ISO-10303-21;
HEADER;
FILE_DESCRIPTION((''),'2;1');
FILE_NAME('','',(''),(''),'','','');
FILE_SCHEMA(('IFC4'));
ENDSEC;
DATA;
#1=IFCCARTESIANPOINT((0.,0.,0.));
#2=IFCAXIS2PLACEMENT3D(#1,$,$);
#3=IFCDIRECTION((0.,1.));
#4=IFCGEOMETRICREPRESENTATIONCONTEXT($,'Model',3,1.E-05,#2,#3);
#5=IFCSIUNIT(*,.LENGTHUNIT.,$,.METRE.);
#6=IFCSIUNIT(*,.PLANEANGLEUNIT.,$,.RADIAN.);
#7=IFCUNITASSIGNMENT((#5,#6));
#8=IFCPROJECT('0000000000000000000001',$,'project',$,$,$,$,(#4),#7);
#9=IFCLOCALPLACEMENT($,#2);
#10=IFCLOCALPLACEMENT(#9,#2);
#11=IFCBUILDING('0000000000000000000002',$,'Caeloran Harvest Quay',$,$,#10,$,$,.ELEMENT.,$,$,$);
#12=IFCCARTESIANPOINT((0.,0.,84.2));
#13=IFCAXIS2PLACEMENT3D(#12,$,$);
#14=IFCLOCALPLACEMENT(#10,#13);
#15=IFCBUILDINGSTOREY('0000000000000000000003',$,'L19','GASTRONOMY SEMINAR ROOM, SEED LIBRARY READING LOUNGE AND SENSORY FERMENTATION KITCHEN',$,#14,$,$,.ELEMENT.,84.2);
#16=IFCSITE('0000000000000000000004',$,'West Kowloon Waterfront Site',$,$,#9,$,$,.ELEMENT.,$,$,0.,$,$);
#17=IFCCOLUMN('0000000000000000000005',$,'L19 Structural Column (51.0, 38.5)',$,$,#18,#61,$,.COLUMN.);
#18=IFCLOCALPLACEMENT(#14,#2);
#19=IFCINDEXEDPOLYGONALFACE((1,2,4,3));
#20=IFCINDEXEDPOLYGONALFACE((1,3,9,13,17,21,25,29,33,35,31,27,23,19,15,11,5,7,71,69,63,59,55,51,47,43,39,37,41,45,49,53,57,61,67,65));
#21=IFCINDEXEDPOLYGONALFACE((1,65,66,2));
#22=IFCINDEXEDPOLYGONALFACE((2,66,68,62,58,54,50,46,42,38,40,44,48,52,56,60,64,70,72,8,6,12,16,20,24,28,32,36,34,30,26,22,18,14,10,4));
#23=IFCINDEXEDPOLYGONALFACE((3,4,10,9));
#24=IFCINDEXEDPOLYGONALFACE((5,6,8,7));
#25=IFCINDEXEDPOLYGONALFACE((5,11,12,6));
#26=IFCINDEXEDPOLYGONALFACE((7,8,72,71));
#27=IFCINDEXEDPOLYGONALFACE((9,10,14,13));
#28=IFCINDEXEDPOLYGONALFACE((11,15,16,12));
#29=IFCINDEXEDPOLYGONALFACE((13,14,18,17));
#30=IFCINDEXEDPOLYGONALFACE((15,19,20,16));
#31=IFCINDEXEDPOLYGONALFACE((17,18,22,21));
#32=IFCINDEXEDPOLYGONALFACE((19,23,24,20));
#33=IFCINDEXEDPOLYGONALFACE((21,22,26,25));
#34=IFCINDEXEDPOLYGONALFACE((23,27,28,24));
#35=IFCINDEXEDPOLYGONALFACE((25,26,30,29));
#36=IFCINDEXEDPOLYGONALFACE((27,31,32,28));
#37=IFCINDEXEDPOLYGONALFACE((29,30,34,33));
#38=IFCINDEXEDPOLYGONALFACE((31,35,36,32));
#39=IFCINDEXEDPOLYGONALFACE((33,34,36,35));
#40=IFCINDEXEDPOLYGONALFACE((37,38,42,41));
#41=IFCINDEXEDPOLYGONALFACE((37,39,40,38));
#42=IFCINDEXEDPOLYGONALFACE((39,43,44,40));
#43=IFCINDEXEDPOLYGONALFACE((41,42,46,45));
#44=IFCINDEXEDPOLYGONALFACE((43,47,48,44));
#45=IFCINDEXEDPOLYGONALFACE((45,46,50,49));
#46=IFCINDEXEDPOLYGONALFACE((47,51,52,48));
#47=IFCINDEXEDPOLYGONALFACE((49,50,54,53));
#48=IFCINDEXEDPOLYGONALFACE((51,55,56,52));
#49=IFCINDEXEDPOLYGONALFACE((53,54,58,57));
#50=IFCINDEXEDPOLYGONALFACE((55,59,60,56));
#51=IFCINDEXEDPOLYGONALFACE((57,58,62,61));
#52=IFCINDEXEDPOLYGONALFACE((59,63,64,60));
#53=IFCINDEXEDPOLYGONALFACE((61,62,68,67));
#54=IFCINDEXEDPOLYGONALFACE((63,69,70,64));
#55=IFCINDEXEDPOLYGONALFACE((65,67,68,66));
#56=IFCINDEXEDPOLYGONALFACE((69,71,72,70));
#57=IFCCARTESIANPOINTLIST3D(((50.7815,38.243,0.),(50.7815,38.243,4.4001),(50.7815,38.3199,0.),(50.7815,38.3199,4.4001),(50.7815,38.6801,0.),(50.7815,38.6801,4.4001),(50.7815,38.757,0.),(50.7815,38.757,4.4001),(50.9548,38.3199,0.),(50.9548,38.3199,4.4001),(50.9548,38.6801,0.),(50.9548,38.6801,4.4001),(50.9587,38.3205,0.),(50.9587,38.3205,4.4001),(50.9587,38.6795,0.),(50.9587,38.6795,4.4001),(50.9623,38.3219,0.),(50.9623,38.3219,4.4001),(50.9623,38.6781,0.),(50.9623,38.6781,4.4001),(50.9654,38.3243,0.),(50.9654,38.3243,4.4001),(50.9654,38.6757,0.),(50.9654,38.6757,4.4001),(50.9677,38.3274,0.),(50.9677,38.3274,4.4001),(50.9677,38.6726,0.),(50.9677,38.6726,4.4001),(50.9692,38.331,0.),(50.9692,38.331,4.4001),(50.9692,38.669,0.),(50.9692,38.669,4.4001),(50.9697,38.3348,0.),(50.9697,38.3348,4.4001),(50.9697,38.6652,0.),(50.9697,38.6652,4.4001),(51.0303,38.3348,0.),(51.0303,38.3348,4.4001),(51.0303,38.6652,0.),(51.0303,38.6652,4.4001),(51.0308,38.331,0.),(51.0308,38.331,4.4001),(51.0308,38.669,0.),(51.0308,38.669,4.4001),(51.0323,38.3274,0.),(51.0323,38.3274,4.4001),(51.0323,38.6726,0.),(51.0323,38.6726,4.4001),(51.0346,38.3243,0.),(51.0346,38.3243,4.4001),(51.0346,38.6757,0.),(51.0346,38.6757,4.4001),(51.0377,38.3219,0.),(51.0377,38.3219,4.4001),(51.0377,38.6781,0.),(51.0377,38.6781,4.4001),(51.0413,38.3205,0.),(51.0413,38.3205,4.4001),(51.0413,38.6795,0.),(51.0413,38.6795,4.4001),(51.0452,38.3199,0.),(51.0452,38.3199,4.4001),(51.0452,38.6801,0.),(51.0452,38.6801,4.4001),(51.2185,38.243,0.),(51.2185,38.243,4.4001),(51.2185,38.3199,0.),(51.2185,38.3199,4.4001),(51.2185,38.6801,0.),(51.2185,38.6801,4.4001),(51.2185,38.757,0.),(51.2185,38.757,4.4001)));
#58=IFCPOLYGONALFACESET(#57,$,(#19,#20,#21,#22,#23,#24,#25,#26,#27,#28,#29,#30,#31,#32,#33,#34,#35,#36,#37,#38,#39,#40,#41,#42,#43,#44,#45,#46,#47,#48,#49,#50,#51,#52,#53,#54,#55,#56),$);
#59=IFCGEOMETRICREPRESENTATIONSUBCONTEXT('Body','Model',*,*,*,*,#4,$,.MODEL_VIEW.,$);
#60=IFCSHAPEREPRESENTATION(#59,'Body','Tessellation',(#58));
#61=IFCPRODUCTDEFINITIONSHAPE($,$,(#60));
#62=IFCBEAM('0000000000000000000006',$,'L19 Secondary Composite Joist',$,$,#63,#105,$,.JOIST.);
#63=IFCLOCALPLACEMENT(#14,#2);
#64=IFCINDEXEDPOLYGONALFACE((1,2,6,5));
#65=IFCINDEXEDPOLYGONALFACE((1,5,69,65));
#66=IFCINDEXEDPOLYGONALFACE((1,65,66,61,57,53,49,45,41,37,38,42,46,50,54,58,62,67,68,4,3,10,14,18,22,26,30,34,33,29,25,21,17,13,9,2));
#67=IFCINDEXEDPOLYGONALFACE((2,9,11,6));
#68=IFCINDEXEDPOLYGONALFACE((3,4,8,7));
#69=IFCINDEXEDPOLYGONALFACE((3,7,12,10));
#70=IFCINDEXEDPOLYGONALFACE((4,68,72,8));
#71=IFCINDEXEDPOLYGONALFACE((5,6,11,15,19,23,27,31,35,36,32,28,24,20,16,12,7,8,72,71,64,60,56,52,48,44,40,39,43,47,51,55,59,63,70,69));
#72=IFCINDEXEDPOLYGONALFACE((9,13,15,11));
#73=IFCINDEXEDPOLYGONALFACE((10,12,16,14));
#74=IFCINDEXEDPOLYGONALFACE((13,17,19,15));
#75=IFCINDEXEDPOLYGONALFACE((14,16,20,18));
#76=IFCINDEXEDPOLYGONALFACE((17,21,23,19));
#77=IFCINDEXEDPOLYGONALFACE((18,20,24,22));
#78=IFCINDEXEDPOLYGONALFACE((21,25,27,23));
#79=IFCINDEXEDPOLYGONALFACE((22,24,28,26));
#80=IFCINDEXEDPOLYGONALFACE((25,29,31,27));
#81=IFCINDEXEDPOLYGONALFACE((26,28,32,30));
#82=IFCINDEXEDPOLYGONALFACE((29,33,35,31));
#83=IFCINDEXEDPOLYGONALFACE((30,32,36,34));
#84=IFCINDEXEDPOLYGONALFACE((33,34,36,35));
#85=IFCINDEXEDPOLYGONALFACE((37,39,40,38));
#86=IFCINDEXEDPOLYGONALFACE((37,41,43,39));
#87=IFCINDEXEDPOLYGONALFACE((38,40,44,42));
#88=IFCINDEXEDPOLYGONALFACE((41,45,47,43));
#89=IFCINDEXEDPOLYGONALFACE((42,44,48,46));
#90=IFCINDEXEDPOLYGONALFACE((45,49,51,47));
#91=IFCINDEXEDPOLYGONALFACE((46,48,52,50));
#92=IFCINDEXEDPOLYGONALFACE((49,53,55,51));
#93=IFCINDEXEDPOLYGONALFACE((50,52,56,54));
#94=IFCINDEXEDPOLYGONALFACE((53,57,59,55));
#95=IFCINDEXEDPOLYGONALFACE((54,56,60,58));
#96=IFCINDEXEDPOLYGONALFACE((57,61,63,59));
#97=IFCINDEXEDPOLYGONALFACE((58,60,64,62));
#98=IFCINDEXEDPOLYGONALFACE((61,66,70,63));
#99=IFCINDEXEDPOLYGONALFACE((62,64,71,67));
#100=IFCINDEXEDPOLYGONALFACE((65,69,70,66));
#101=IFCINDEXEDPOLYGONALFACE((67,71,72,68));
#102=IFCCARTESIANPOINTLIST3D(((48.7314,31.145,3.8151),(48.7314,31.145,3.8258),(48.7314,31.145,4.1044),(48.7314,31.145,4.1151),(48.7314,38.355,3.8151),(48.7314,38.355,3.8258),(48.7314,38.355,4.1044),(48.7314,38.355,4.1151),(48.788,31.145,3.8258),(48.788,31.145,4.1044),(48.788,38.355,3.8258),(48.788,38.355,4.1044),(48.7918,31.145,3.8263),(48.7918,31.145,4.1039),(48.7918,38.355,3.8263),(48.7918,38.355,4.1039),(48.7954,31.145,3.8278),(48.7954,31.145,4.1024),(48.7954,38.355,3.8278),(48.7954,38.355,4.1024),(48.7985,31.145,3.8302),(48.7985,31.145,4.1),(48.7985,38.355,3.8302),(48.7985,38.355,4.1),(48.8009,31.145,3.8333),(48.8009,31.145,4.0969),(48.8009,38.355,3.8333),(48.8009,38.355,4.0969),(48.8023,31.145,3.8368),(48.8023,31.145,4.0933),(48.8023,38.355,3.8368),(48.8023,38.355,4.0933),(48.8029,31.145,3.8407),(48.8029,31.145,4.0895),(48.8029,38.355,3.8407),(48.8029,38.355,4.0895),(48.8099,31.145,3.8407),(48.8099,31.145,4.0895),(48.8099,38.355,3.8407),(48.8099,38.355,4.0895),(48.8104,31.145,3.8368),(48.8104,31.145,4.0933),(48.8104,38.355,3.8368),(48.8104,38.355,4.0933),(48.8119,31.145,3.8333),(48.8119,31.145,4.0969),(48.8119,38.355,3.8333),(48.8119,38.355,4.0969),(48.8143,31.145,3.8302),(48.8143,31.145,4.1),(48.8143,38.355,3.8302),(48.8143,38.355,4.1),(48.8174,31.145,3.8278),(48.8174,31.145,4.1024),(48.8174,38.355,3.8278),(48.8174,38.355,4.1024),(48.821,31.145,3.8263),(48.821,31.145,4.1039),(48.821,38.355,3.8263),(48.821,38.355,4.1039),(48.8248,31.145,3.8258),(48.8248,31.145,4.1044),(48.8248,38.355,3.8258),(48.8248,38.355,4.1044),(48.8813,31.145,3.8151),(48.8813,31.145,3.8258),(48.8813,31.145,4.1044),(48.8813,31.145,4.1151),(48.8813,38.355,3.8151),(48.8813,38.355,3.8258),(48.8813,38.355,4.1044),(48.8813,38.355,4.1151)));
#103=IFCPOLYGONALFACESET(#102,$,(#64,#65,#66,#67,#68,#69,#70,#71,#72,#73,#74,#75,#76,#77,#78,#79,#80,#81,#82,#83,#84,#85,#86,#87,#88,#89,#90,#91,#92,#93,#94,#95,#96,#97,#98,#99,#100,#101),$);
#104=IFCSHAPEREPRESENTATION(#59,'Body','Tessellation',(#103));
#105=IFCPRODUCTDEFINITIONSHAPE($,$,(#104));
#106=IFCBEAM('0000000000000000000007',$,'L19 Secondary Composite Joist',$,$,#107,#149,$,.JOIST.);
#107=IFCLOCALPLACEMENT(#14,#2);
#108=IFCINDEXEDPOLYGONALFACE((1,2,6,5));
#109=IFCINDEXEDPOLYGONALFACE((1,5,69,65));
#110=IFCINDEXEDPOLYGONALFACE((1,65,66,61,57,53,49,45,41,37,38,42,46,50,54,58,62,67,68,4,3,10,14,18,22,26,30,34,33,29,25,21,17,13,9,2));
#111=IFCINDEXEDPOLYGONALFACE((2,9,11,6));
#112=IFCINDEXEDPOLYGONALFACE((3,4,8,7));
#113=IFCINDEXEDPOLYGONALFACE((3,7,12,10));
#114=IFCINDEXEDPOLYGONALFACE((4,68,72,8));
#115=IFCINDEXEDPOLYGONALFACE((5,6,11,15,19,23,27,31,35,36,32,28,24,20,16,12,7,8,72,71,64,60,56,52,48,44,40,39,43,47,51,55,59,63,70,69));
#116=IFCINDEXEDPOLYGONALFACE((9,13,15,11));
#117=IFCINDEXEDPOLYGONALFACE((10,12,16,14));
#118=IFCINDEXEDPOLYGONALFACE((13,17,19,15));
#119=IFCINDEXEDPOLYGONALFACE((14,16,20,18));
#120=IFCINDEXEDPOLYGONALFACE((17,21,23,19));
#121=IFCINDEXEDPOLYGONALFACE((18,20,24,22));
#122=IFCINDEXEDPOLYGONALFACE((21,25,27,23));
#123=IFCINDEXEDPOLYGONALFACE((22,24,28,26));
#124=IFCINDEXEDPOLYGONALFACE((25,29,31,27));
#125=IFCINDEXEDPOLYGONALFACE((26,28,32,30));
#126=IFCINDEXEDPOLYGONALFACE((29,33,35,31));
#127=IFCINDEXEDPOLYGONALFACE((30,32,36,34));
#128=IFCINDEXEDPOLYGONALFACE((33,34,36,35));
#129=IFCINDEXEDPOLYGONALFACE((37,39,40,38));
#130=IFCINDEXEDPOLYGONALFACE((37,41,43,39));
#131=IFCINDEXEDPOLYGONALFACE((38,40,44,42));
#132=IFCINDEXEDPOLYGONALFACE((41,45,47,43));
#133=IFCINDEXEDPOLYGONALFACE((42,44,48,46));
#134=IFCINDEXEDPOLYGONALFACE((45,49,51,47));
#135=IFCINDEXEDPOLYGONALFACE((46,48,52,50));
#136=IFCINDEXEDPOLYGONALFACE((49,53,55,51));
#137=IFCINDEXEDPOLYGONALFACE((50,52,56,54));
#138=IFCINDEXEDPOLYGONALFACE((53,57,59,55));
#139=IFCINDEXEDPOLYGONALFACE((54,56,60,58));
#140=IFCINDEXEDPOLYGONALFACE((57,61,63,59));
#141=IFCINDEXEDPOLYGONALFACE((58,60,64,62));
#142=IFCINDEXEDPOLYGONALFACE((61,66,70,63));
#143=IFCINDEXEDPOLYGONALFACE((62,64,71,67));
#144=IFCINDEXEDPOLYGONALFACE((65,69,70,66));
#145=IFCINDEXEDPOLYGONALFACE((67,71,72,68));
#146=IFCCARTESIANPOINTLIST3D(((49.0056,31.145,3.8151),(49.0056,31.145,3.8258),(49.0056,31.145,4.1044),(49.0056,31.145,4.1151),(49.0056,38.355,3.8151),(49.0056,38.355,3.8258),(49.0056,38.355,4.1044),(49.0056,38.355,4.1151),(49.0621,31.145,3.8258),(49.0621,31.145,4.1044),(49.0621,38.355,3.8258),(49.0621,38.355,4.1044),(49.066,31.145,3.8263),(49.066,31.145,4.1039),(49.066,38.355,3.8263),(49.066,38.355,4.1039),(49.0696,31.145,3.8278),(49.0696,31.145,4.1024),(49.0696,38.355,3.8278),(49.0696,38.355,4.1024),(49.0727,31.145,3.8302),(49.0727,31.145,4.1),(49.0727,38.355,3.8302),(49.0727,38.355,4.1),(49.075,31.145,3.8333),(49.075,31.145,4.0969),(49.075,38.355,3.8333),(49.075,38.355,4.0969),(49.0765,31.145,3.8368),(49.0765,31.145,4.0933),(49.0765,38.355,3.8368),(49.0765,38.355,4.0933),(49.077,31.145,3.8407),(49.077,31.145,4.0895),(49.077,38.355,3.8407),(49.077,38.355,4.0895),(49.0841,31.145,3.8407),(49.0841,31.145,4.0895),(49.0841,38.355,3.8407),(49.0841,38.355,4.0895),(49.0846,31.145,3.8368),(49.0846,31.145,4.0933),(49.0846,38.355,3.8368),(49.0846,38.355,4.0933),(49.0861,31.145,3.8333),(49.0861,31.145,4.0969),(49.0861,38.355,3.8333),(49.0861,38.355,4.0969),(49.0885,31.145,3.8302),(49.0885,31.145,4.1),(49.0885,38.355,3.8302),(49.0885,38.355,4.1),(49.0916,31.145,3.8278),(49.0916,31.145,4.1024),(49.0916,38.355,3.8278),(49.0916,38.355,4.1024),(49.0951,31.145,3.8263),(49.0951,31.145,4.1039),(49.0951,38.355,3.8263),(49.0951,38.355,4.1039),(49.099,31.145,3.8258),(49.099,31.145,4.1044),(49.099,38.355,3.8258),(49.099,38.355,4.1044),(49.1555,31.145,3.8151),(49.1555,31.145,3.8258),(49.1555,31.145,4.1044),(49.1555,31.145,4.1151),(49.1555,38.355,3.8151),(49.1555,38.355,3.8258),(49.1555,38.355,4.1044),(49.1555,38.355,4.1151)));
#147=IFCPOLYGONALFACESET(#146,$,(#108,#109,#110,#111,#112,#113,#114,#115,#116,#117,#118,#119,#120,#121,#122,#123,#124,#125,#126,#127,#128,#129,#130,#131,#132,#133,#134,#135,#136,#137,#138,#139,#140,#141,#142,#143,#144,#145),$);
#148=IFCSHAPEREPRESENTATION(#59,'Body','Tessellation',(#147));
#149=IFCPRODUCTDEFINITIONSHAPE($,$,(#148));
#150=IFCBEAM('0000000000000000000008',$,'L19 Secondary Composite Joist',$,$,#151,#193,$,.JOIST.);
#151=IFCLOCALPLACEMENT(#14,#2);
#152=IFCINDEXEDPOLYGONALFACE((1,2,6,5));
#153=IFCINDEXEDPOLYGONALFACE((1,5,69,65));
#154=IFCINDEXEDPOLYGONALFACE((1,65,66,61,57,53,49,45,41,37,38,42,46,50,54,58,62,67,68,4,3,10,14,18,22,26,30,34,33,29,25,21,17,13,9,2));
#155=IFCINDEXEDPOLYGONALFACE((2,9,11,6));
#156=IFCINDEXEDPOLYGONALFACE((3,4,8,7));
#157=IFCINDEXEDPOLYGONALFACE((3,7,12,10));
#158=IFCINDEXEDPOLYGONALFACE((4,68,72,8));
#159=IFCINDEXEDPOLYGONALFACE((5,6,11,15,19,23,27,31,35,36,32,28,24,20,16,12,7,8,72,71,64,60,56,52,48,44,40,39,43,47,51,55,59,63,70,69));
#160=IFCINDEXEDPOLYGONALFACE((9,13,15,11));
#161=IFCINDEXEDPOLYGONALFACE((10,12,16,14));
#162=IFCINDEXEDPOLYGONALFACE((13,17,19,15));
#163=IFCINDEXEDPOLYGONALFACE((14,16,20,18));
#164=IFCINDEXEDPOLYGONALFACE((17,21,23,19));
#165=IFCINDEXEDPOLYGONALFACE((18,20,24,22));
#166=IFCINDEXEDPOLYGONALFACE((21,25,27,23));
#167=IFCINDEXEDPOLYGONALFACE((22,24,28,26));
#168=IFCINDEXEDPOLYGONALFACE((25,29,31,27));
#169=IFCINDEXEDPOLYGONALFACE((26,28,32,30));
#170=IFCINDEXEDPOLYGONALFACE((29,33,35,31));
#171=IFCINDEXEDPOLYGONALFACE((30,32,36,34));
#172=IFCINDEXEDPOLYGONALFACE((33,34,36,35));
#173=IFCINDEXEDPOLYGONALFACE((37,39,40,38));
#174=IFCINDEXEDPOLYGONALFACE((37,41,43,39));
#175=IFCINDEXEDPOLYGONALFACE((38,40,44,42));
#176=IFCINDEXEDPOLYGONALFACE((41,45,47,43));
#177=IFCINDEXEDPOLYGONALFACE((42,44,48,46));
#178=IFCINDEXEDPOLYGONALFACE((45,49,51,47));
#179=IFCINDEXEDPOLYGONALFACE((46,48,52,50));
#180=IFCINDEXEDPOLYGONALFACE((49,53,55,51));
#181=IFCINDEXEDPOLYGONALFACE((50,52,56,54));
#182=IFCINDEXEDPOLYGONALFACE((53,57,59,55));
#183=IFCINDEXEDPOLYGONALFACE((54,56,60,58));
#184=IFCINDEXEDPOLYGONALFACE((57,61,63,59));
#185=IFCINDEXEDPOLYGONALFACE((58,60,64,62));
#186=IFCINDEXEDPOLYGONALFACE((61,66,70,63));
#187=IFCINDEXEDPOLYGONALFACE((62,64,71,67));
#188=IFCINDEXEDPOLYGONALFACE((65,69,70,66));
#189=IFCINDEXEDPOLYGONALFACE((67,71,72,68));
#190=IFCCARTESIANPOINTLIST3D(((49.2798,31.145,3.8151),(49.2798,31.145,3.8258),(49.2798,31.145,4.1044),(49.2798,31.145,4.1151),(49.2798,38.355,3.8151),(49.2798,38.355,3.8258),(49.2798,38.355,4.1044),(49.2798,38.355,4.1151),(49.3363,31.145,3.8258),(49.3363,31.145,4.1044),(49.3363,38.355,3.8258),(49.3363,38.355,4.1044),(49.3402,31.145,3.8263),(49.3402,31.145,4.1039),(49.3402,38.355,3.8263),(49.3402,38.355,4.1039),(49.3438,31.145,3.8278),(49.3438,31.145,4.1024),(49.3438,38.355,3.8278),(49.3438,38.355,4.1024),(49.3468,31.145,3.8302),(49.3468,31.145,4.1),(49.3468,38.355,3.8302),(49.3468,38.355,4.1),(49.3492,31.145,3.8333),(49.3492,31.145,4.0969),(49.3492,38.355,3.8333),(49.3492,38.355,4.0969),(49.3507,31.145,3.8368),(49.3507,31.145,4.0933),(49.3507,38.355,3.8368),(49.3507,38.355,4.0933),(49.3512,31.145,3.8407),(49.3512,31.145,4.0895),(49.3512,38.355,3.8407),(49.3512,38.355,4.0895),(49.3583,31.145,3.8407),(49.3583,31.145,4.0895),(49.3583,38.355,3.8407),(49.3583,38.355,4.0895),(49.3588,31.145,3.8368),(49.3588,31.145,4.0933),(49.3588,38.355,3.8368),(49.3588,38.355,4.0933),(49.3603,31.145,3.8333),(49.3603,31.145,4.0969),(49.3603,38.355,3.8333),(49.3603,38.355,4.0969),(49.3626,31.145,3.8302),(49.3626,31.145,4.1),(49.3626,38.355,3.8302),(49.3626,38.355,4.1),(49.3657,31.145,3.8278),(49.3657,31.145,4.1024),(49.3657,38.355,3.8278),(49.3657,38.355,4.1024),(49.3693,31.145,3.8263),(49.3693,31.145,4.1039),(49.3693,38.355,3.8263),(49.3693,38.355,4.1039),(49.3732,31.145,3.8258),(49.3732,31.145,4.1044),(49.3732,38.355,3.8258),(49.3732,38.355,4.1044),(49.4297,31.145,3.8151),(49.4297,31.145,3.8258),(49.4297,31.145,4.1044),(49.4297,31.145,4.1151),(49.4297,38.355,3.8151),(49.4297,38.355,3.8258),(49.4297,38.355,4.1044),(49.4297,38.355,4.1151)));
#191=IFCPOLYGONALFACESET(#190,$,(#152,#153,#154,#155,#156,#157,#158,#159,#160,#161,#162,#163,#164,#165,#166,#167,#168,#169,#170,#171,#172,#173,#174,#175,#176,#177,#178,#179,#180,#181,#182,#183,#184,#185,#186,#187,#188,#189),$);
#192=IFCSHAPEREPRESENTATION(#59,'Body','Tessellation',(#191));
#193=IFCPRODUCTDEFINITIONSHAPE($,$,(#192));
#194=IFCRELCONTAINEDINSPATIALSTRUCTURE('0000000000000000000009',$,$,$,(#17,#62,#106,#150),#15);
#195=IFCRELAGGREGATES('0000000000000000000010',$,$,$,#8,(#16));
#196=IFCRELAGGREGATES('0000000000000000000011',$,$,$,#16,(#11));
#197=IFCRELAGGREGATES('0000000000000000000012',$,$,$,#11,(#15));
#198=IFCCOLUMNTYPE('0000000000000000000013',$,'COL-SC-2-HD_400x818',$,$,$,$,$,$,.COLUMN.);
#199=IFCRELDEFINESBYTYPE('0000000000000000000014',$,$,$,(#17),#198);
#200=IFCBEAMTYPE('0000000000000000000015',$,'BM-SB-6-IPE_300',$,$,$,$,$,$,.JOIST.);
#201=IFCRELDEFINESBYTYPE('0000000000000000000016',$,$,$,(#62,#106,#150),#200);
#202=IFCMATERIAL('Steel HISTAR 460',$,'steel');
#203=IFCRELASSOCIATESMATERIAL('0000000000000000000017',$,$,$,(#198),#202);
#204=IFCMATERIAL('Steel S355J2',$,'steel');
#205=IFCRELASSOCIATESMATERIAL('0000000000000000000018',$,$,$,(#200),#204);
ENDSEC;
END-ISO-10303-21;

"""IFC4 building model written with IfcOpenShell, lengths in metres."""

from ifc_helpers import new_model, si_unit, direction, frame, origin, origin_2d, place, context, subcontext, project, spatial, i_section, extrude, material, material_profile, profile_set, type_object, element, save


model = new_model("IFC4")

# Units and contexts
model_context = context("Model", 3, precision=1e-05, world=origin(), true_north=direction((0.0, 1.0)))
body_context = subcontext(model_context, "Body", "Model", "MODEL_VIEW")
ifc_project = project(units=[si_unit("LENGTHUNIT", "METRE"), si_unit("PLANEANGLEUNIT", "RADIAN")], contexts=[model_context])

# Site, building, storey
site_placement = place(None, origin())
site = spatial("IfcSite", under=ifc_project, at=site_placement, Name="West Kowloon Waterfront Site", CompositionType="ELEMENT", RefElevation=0.0)
building_placement = place(site_placement, origin())
building = spatial("IfcBuilding", under=site, at=building_placement, Name="Caeloran Harvest Quay", CompositionType="ELEMENT")
storey_placement = place(building_placement, frame((0.0, 0.0, 84.2)))
storey = spatial("IfcBuildingStorey", under=building, at=storey_placement, Name="L19", Description="GASTRONOMY SEMINAR ROOM, SEED LIBRARY READING LOUNGE AND SENSORY FERMENTATION KITCHEN", CompositionType="ELEMENT", Elevation=84.2)

# Column
ifc_material_1 = material(Name="Steel HISTAR 460", Category="steel")
ifc_material_profile_1 = material_profile(ifc_material_1, i_section(OverallWidth=0.437, OverallDepth=0.5139, WebThickness=0.0605, FlangeThickness=0.0769, FilletRadius=0.0149, at=origin_2d()), Name="HD 400x818")
ifc_profile_set_1 = profile_set([ifc_material_profile_1], Name="Steel HISTAR 460")
column_type = type_object("IfcColumnType", Name="COL-SC-2-HD_400x818", PredefinedType="COLUMN", material=ifc_profile_set_1)
column_placement = place(storey_placement, frame((51.0, 38.5, 0.0), z_axis=(0.0, 0.0, 1.0), x_axis=(1.0, 0.0, 0.0)))
element("IfcColumn", 1, at=column_placement, inside=storey, type_object=column_type, Name="L19 Structural Column (51.0, 38.5)", PredefinedType="COLUMN", context=body_context, shape_type="SweptSolid", body=[
    extrude(i_section(OverallWidth=0.437, OverallDepth=0.5139, WebThickness=0.0605, FlangeThickness=0.0769, FilletRadius=0.0149, at=origin_2d()), origin(), (0.0, 0.0, 1.0), 4.4001),
])

# Beams
ifc_material_2 = material(Name="Steel S355J2", Category="steel")
ifc_material_profile_2 = material_profile(ifc_material_2, i_section(OverallWidth=0.1499, OverallDepth=0.3, WebThickness=0.0071, FlangeThickness=0.0107, FilletRadius=0.0149, at=origin_2d()), Name="IPE 300")
ifc_profile_set_2 = profile_set([ifc_material_profile_2], Name="Steel S355J2")
beam_type_1 = type_object("IfcBeamType", Name="BM-SB-6-IPE_300", PredefinedType="JOIST", material=ifc_profile_set_2)
for number, where, z_axis, x_axis, name in (
    (2, (48.8064, 31.145, 3.9651), (0.0, 1.0, 0.0), (-1.0, 0.0, 0.0), "L19 Secondary Composite Joist"),
    (3, (49.0806, 31.145, 3.9651), (0.0, 1.0, 0.0), (-1.0, 0.0, 0.0), "L19 Secondary Composite Joist"),
    (4, (49.3547, 31.145, 3.9651), (0.0, 1.0, 0.0), (-1.0, 0.0, 0.0), "L19 Secondary Composite Joist"),
):
    element("IfcBeam", number, at=place(storey_placement, frame(where, z_axis=z_axis, x_axis=x_axis)), inside=storey, type_object=beam_type_1, Name=name, PredefinedType="JOIST", context=body_context, shape_type="SweptSolid", body=[
        extrude(i_section(OverallWidth=0.1499, OverallDepth=0.3, WebThickness=0.0071, FlangeThickness=0.0107, FilletRadius=0.0149, at=origin_2d()), origin(), (0.0, 0.0, 1.0), 7.21),
    ])

save(model, "model.ifc")
